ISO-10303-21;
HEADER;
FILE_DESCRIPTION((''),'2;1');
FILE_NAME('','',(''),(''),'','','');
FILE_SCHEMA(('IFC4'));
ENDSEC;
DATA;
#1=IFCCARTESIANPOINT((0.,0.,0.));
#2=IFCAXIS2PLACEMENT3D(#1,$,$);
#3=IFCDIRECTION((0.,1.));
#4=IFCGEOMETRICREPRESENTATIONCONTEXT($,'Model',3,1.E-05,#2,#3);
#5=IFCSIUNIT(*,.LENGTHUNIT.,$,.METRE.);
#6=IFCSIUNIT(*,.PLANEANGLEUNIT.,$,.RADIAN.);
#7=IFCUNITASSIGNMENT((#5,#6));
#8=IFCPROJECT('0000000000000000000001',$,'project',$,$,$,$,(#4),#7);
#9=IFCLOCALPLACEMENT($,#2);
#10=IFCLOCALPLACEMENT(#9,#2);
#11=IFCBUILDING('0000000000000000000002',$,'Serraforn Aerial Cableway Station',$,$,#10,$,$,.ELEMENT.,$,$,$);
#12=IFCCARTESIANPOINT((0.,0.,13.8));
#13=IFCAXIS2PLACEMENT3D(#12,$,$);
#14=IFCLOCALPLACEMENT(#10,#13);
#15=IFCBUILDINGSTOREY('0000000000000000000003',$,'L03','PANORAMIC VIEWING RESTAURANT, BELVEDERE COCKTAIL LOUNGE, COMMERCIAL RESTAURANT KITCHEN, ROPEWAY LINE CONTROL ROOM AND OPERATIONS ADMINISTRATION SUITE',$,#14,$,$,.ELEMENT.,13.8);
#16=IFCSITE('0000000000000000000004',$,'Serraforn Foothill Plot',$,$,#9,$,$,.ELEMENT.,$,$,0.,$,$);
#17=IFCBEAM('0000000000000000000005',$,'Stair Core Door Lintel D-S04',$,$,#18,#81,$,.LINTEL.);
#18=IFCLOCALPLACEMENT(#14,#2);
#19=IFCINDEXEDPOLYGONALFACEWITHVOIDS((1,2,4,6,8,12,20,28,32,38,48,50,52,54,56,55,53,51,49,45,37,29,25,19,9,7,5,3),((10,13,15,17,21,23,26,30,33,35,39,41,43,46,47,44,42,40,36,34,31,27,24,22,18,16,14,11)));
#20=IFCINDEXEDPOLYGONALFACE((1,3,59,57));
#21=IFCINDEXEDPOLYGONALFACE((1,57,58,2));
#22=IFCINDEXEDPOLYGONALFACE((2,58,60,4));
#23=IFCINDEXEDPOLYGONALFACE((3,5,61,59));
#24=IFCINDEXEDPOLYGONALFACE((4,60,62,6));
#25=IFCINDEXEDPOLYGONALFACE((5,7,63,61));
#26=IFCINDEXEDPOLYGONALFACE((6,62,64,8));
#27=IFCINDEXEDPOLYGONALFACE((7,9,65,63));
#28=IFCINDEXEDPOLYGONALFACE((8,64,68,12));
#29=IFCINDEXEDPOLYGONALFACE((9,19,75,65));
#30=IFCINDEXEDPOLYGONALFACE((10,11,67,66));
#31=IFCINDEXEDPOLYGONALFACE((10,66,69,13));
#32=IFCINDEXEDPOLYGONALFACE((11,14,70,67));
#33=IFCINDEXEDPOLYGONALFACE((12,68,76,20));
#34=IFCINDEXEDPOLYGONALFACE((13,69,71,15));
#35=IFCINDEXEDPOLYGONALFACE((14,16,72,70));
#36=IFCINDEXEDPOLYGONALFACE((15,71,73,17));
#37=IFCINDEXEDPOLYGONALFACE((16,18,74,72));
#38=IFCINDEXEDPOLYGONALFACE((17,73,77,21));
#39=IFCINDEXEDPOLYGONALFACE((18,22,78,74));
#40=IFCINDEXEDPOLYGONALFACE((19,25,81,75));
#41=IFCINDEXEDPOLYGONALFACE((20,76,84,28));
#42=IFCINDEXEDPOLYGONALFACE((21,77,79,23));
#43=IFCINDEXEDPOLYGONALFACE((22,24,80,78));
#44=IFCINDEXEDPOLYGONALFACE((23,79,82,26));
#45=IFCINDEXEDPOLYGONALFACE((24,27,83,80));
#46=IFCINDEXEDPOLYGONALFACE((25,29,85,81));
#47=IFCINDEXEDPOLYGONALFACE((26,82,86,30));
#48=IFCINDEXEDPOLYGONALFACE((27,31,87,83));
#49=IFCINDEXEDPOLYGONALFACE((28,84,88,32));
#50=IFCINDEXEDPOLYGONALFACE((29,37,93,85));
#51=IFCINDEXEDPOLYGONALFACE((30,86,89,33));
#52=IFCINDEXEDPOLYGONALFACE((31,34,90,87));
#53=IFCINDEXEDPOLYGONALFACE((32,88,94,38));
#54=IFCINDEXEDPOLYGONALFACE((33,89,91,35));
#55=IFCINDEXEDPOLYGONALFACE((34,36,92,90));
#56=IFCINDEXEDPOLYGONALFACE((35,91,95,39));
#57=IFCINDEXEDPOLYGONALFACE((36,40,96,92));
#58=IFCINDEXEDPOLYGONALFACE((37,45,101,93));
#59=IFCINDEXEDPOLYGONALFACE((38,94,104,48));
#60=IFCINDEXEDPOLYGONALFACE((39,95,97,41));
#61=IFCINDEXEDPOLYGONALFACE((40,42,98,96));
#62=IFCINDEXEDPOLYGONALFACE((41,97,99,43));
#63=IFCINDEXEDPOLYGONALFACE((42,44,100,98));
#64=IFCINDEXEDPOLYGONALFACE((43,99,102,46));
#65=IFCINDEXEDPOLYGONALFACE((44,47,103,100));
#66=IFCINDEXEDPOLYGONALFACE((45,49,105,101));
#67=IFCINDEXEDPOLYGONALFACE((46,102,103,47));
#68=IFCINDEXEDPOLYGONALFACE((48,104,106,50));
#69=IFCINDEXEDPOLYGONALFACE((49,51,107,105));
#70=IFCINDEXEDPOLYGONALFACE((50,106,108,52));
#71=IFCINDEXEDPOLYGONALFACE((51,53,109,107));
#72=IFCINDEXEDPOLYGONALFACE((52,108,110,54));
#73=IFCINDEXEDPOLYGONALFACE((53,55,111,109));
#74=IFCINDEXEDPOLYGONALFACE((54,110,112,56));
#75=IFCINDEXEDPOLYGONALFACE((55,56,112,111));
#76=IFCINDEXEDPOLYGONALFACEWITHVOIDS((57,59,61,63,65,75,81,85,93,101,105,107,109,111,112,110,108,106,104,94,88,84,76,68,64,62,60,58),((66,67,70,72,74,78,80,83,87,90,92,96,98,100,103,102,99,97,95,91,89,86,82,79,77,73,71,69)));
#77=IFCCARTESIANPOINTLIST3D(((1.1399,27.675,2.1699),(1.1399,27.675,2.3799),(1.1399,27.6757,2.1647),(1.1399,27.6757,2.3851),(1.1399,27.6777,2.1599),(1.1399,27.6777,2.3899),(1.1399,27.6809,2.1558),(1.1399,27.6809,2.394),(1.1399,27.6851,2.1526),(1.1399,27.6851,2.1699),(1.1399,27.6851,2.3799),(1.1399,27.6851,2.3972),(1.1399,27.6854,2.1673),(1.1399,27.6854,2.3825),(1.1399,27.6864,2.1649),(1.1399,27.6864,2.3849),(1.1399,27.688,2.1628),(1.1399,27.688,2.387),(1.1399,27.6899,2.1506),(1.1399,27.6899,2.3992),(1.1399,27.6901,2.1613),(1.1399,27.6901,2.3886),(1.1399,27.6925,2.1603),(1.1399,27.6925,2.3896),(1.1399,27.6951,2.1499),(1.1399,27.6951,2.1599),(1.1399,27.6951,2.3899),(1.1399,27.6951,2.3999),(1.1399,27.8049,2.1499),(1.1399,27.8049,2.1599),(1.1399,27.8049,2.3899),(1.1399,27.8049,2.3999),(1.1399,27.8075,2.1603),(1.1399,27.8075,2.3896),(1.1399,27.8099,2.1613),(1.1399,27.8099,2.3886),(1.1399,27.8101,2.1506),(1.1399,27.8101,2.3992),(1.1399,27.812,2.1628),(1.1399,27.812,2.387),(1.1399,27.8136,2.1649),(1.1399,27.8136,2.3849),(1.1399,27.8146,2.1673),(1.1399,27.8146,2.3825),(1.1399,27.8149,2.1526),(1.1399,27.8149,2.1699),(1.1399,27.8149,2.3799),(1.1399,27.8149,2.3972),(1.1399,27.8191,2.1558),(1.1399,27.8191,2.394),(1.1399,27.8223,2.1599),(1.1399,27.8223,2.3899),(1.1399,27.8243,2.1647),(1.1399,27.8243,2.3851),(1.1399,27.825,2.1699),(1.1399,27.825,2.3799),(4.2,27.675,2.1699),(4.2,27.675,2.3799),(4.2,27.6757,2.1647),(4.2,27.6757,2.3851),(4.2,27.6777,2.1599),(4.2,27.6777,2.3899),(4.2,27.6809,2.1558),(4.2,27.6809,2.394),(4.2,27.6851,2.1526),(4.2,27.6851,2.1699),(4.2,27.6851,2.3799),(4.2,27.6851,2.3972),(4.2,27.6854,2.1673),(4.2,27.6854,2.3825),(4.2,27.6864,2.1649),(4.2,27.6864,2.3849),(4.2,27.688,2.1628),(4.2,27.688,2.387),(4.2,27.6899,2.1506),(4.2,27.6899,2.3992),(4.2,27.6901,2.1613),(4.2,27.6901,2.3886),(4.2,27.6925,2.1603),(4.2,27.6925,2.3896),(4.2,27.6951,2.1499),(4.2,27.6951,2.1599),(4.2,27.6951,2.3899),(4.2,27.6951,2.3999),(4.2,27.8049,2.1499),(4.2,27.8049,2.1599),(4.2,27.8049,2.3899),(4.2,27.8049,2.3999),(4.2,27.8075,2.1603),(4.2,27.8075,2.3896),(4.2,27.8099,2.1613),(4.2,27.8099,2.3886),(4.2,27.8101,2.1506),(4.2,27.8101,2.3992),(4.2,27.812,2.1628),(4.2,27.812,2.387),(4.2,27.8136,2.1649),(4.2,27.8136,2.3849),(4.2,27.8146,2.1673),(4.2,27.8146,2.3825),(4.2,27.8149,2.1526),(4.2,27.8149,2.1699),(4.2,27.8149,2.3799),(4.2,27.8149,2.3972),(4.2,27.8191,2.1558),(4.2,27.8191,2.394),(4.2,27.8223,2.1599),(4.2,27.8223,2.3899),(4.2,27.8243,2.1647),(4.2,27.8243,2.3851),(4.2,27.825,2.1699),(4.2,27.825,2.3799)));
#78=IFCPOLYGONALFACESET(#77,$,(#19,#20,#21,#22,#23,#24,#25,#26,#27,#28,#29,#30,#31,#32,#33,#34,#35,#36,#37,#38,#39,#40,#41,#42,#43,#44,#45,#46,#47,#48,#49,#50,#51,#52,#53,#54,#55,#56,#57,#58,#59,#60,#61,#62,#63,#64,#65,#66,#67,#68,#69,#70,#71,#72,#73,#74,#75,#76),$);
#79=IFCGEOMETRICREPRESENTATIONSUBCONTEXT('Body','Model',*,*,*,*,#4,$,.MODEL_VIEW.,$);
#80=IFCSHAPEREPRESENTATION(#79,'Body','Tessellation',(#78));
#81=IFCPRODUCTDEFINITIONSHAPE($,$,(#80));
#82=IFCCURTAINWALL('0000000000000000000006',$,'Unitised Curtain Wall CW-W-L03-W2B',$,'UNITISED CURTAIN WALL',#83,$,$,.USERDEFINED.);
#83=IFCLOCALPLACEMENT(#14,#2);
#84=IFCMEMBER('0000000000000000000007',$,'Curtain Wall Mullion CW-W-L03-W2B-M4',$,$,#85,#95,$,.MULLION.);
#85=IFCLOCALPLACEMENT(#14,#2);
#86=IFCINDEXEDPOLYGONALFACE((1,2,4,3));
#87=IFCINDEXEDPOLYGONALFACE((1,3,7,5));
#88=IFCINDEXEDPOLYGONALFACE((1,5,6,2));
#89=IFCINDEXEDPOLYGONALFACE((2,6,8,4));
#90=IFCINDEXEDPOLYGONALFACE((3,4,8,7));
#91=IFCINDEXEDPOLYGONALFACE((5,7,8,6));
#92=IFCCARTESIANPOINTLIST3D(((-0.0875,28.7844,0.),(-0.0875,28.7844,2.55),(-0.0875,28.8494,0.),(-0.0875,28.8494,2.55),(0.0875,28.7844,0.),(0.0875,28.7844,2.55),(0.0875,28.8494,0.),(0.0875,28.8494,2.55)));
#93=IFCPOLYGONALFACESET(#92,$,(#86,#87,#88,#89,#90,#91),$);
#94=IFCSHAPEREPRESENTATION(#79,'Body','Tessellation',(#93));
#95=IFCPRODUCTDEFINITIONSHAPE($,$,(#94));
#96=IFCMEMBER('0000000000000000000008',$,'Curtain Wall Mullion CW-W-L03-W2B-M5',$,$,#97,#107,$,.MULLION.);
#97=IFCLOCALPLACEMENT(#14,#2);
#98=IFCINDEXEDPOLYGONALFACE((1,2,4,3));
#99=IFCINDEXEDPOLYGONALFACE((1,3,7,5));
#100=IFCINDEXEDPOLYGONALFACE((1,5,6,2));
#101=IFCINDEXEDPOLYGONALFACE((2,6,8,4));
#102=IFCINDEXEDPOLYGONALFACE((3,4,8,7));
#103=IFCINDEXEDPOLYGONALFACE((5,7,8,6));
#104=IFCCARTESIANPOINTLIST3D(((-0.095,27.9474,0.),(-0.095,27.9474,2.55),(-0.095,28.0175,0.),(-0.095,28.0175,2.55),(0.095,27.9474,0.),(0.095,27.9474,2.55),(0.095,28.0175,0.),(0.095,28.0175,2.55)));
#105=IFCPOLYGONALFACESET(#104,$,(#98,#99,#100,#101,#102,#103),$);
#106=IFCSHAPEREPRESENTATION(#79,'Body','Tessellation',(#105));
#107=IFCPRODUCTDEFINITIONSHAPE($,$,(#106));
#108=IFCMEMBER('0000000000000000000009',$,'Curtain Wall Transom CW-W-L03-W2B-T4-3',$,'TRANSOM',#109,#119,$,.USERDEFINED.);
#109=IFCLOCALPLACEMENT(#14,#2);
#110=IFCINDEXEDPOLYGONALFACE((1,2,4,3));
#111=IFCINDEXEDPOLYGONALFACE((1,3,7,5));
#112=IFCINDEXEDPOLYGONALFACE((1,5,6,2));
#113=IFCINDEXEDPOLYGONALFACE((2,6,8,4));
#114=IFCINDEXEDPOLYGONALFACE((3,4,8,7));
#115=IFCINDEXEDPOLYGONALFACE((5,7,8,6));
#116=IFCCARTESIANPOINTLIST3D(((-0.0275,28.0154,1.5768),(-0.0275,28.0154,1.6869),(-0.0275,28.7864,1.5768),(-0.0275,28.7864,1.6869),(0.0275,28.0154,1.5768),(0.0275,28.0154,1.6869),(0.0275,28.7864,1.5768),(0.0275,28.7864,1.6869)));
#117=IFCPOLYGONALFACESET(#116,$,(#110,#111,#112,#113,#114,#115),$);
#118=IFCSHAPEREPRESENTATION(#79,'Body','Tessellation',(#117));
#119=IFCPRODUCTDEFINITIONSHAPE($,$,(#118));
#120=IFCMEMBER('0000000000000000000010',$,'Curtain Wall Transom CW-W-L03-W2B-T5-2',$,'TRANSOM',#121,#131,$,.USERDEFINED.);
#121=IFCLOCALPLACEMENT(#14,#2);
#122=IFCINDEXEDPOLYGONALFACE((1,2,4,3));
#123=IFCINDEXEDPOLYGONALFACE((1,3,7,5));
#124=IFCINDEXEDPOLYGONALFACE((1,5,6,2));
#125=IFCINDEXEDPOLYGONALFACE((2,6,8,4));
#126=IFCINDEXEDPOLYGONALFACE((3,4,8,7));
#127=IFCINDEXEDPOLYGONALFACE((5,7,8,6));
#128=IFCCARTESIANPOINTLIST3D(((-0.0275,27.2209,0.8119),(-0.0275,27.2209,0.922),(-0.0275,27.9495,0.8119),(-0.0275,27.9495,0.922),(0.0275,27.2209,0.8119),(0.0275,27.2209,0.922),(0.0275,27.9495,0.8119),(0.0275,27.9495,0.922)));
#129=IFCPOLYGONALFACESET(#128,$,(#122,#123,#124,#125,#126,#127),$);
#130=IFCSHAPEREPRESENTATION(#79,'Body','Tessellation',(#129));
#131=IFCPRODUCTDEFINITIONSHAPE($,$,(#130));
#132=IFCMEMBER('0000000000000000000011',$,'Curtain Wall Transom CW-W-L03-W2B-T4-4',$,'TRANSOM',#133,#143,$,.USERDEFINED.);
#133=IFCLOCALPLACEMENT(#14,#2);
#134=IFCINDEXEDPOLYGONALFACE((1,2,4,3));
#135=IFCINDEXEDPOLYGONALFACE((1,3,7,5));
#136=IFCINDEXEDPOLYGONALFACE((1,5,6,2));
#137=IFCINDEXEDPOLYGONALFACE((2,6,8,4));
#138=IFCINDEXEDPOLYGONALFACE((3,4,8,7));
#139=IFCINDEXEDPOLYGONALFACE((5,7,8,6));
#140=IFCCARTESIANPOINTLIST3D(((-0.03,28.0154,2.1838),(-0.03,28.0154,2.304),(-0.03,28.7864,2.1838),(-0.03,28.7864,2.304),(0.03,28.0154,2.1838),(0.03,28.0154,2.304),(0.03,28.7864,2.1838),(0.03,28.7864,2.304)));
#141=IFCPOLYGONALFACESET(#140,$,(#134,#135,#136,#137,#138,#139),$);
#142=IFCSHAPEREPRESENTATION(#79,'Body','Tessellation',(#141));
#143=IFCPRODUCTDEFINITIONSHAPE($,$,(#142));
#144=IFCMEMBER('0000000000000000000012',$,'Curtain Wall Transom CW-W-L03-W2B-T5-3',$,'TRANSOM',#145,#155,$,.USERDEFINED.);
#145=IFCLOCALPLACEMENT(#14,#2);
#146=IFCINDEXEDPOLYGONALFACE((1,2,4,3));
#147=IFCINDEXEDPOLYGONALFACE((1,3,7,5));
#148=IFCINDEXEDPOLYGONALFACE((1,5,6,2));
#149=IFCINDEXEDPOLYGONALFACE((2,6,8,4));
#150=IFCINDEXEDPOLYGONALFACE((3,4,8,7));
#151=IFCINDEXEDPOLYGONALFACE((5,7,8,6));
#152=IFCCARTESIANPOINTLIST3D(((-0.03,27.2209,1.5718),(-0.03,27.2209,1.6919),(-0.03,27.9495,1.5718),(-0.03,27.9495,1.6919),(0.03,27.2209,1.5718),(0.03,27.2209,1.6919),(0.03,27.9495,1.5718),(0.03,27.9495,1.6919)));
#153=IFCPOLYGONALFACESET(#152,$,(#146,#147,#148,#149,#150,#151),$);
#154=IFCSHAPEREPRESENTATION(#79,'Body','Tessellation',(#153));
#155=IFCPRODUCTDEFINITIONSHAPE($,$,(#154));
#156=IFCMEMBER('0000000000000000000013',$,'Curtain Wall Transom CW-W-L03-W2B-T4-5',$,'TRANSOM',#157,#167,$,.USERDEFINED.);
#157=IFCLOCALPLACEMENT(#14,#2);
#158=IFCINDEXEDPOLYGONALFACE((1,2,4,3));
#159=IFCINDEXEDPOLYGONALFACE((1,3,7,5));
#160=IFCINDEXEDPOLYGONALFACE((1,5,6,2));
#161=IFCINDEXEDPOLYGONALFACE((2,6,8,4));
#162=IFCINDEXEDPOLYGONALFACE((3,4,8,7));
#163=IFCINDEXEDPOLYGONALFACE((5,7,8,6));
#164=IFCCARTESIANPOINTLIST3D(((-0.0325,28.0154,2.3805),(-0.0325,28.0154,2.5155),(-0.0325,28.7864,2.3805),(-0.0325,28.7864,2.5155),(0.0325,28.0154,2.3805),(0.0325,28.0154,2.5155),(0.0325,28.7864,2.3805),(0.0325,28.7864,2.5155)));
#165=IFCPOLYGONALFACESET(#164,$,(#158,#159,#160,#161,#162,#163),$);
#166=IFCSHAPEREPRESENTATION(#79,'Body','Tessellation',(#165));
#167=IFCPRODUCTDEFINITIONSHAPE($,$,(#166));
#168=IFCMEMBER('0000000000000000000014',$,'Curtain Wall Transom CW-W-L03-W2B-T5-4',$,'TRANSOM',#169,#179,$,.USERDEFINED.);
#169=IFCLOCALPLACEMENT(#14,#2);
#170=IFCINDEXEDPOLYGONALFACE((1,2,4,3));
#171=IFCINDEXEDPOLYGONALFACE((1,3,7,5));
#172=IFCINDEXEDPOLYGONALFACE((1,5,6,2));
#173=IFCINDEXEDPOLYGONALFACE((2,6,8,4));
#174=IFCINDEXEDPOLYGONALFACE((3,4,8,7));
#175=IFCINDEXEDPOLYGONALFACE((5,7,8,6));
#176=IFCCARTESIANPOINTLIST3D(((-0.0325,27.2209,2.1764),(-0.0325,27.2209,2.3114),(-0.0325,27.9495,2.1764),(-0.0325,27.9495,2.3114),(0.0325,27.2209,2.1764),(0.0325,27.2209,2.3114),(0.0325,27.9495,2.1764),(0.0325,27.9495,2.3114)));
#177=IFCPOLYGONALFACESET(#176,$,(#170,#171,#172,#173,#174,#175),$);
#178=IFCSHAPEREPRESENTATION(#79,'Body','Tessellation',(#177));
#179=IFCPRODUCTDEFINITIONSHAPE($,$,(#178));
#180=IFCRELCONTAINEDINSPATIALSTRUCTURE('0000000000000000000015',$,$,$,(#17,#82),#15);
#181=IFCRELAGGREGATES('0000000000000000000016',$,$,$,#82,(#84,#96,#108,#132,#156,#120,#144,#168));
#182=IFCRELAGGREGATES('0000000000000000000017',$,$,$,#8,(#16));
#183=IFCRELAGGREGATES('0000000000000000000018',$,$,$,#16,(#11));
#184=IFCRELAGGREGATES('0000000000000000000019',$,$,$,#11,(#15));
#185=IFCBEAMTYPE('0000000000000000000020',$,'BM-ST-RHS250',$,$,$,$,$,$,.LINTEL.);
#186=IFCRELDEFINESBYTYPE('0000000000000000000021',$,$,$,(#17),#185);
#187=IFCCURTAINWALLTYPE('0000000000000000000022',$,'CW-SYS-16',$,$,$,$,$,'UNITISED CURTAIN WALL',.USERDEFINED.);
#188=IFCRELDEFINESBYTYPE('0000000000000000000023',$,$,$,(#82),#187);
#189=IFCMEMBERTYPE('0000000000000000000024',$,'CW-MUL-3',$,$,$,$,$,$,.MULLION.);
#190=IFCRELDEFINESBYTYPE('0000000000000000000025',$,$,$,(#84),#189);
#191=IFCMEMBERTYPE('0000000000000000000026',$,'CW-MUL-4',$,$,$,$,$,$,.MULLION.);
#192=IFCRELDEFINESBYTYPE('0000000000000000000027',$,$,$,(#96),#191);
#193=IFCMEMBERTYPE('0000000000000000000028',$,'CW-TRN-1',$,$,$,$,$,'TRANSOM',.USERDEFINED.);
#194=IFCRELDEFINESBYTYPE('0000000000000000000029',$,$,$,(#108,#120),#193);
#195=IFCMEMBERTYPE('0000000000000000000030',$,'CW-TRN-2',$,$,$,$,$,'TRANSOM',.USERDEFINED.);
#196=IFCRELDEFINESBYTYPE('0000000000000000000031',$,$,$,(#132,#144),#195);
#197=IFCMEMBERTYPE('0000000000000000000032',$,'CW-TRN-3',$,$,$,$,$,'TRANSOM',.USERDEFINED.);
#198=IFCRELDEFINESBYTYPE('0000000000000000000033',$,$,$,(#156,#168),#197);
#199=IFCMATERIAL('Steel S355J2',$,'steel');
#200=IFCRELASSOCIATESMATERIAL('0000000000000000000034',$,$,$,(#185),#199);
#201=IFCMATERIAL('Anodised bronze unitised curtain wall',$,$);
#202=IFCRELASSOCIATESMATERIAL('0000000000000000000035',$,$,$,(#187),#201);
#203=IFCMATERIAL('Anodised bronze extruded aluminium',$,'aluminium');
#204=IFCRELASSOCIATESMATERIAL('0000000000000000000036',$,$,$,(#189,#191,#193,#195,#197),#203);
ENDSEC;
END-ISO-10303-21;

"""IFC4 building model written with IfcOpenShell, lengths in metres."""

from ifc_helpers import new_model, si_unit, direction, frame, origin, origin_2d, place, context, subcontext, project, spatial, rectangle, hollow_rectangle, extrude, material, material_profile, profile_set, type_object, element, aggregate, save


model = new_model("IFC4")

# Units and contexts
model_context = context("Model", 3, precision=1e-05, world=origin(), true_north=direction((0.0, 1.0)))
body_context = subcontext(model_context, "Body", "Model", "MODEL_VIEW")
ifc_project = project(units=[si_unit("LENGTHUNIT", "METRE"), si_unit("PLANEANGLEUNIT", "RADIAN")], contexts=[model_context])

# Site, building, storey
site_placement = place(None, origin())
site = spatial("IfcSite", under=ifc_project, at=site_placement, Name="Serraforn Foothill Plot", CompositionType="ELEMENT", RefElevation=0.0)
building_placement = place(site_placement, origin())
building = spatial("IfcBuilding", under=site, at=building_placement, Name="Serraforn Aerial Cableway Station", CompositionType="ELEMENT")
storey_placement = place(building_placement, frame((0.0, 0.0, 13.8)))
storey = spatial("IfcBuildingStorey", under=building, at=storey_placement, Name="L03", Description="PANORAMIC VIEWING RESTAURANT, BELVEDERE COCKTAIL LOUNGE, COMMERCIAL RESTAURANT KITCHEN, ROPEWAY LINE CONTROL ROOM AND OPERATIONS ADMINISTRATION SUITE", CompositionType="ELEMENT", Elevation=13.8)

# Beam
ifc_material_1 = material(Name="Steel S355J2", Category="steel")
ifc_material_profile_1 = material_profile(ifc_material_1, hollow_rectangle(XDim=0.1499, YDim=0.25, WallThickness=0.01, InnerFilletRadius=0.01, OuterFilletRadius=0.02, at=origin_2d()), Name="RHS 250x150x10.0")
ifc_profile_set_1 = profile_set([ifc_material_profile_1], Name="Steel S355J2")
beam_type = type_object("IfcBeamType", Name="BM-ST-RHS250", PredefinedType="LINTEL", material=ifc_profile_set_1)
beam_placement = place(storey_placement, frame((4.2, 27.75, 2.2749), z_axis=(-1.0, 0.0, 0.0), x_axis=(0.0, -1.0, 0.0)))
element("IfcBeam", 1, at=beam_placement, inside=storey, type_object=beam_type, Name="Stair Core Door Lintel D-S04", PredefinedType="LINTEL", context=body_context, shape_type="SweptSolid", body=[
    extrude(hollow_rectangle(XDim=0.1499, YDim=0.25, WallThickness=0.01, InnerFilletRadius=0.01, OuterFilletRadius=0.02, at=origin_2d()), origin(), (0.0, 0.0, 1.0), 3.0601),
])

# Curtain wall, members
ifc_material_2 = material(Name="Anodised bronze unitised curtain wall")
curtain_wall_type = type_object("IfcCurtainWallType", Name="CW-SYS-16", ElementType="UNITISED CURTAIN WALL", PredefinedType="USERDEFINED", material=ifc_material_2)
curtain_wall_placement = place(storey_placement, origin())
curtain_wall = element("IfcCurtainWall", 2, at=curtain_wall_placement, inside=storey, type_object=curtain_wall_type, Name="Unitised Curtain Wall CW-W-L03-W2B", ObjectType="UNITISED CURTAIN WALL", PredefinedType="USERDEFINED")
ifc_material_3 = material(Name="Anodised bronze extruded aluminium", Category="aluminium")
ifc_material_profile_2 = material_profile(ifc_material_3, rectangle(XDim=0.0649, YDim=0.175, at=origin_2d()), Name="CW MULLION 65x175")
ifc_profile_set_2 = profile_set([ifc_material_profile_2], Name="Anodised bronze extruded aluminium")
member_type_1 = type_object("IfcMemberType", Name="CW-MUL-3", PredefinedType="MULLION", material=ifc_profile_set_2)
member_1_placement = place(storey_placement, frame((0.0, 28.8169, 0.0), z_axis=(0.0, 0.0, 1.0), x_axis=(0.0, -1.0, 0.0)))
member_1 = element("IfcMember", 3, at=member_1_placement, type_object=member_type_1, Name="Curtain Wall Mullion CW-W-L03-W2B-M4", PredefinedType="MULLION", context=body_context, shape_type="SweptSolid", body=[
    extrude(rectangle(XDim=0.0649, YDim=0.175, at=origin_2d()), origin(), (0.0, 0.0, 1.0), 2.55),
])
ifc_material_profile_3 = material_profile(ifc_material_3, rectangle(XDim=0.0701, YDim=0.1899, at=origin_2d()), Name="CW MULLION 70x190")
ifc_profile_set_3 = profile_set([ifc_material_profile_3], Name="Anodised bronze extruded aluminium")
member_type_2 = type_object("IfcMemberType", Name="CW-MUL-4", PredefinedType="MULLION", material=ifc_profile_set_3)
member_2_placement = place(storey_placement, frame((0.0, 27.9824, 0.0), z_axis=(0.0, 0.0, 1.0), x_axis=(0.0, -1.0, 0.0)))
member_2 = element("IfcMember", 4, at=member_2_placement, type_object=member_type_2, Name="Curtain Wall Mullion CW-W-L03-W2B-M5", PredefinedType="MULLION", context=body_context, shape_type="SweptSolid", body=[
    extrude(rectangle(XDim=0.0701, YDim=0.1899, at=origin_2d()), origin(), (0.0, 0.0, 1.0), 2.55),
])
ifc_material_profile_4 = material_profile(ifc_material_3, rectangle(XDim=0.0549, YDim=0.1101, at=origin_2d()), Name="CW TRANSOM 55x110")
ifc_profile_set_4 = profile_set([ifc_material_profile_4], Name="Anodised bronze extruded aluminium")
member_type_3 = type_object("IfcMemberType", Name="CW-TRN-1", ElementType="TRANSOM", PredefinedType="USERDEFINED", material=ifc_profile_set_4)
member_3_placement = place(storey_placement, frame((0.0, 28.7864, 1.6318), z_axis=(0.0, -1.0, 0.0), x_axis=(1.0, 0.0, 0.0)))
member_3 = element("IfcMember", 5, at=member_3_placement, type_object=member_type_3, Name="Curtain Wall Transom CW-W-L03-W2B-T4-3", ObjectType="TRANSOM", PredefinedType="USERDEFINED", context=body_context, shape_type="SweptSolid", body=[
    extrude(rectangle(XDim=0.0549, YDim=0.1101, at=origin_2d()), origin(), (0.0, 0.0, 1.0), 0.771),
])
member_4_placement = place(storey_placement, frame((0.0, 27.9495, 0.8669), z_axis=(0.0, -1.0, 0.0), x_axis=(1.0, 0.0, 0.0)))
member_4 = element("IfcMember", 6, at=member_4_placement, type_object=member_type_3, Name="Curtain Wall Transom CW-W-L03-W2B-T5-2", ObjectType="TRANSOM", PredefinedType="USERDEFINED", context=body_context, shape_type="SweptSolid", body=[
    extrude(rectangle(XDim=0.0549, YDim=0.1101, at=origin_2d()), origin(), (0.0, 0.0, 1.0), 0.7285),
])
ifc_material_profile_5 = material_profile(ifc_material_3, rectangle(XDim=0.0601, YDim=0.1201, at=origin_2d()), Name="CW TRANSOM 60x120")
ifc_profile_set_5 = profile_set([ifc_material_profile_5], Name="Anodised bronze extruded aluminium")
member_type_4 = type_object("IfcMemberType", Name="CW-TRN-2", ElementType="TRANSOM", PredefinedType="USERDEFINED", material=ifc_profile_set_5)
member_5_placement = place(storey_placement, frame((0.0, 28.7864, 2.2439), z_axis=(0.0, -1.0, 0.0), x_axis=(1.0, 0.0, 0.0)))
member_5 = element("IfcMember", 7, at=member_5_placement, type_object=member_type_4, Name="Curtain Wall Transom CW-W-L03-W2B-T4-4", ObjectType="TRANSOM", PredefinedType="USERDEFINED", context=body_context, shape_type="SweptSolid", body=[
    extrude(rectangle(XDim=0.0601, YDim=0.1201, at=origin_2d()), origin(), (0.0, 0.0, 1.0), 0.771),
])
member_6_placement = place(storey_placement, frame((0.0, 27.9495, 1.6318), z_axis=(0.0, -1.0, 0.0), x_axis=(1.0, 0.0, 0.0)))
member_6 = element("IfcMember", 8, at=member_6_placement, type_object=member_type_4, Name="Curtain Wall Transom CW-W-L03-W2B-T5-3", ObjectType="TRANSOM", PredefinedType="USERDEFINED", context=body_context, shape_type="SweptSolid", body=[
    extrude(rectangle(XDim=0.0601, YDim=0.1201, at=origin_2d()), origin(), (0.0, 0.0, 1.0), 0.7285),
])
ifc_material_profile_6 = material_profile(ifc_material_3, rectangle(XDim=0.0649, YDim=0.135, at=origin_2d()), Name="CW TRANSOM 65x135")
ifc_profile_set_6 = profile_set([ifc_material_profile_6], Name="Anodised bronze extruded aluminium")
member_type_5 = type_object("IfcMemberType", Name="CW-TRN-3", ElementType="TRANSOM", PredefinedType="USERDEFINED", material=ifc_profile_set_6)
member_7_placement = place(storey_placement, frame((0.0, 28.7864, 2.448), z_axis=(0.0, -1.0, 0.0), x_axis=(1.0, 0.0, 0.0)))
member_7 = element("IfcMember", 9, at=member_7_placement, type_object=member_type_5, Name="Curtain Wall Transom CW-W-L03-W2B-T4-5", ObjectType="TRANSOM", PredefinedType="USERDEFINED", context=body_context, shape_type="SweptSolid", body=[
    extrude(rectangle(XDim=0.0649, YDim=0.135, at=origin_2d()), origin(), (0.0, 0.0, 1.0), 0.771),
])
member_8_placement = place(storey_placement, frame((0.0, 27.9495, 2.2439), z_axis=(0.0, -1.0, 0.0), x_axis=(1.0, 0.0, 0.0)))
member_8 = element("IfcMember", 10, at=member_8_placement, type_object=member_type_5, Name="Curtain Wall Transom CW-W-L03-W2B-T5-4", ObjectType="TRANSOM", PredefinedType="USERDEFINED", context=body_context, shape_type="SweptSolid", body=[
    extrude(rectangle(XDim=0.0649, YDim=0.135, at=origin_2d()), origin(), (0.0, 0.0, 1.0), 0.7285),
])
aggregate(curtain_wall, [member_1, member_2, member_3, member_5, member_7, member_4, member_6, member_8])

save(model, "model.ifc")
